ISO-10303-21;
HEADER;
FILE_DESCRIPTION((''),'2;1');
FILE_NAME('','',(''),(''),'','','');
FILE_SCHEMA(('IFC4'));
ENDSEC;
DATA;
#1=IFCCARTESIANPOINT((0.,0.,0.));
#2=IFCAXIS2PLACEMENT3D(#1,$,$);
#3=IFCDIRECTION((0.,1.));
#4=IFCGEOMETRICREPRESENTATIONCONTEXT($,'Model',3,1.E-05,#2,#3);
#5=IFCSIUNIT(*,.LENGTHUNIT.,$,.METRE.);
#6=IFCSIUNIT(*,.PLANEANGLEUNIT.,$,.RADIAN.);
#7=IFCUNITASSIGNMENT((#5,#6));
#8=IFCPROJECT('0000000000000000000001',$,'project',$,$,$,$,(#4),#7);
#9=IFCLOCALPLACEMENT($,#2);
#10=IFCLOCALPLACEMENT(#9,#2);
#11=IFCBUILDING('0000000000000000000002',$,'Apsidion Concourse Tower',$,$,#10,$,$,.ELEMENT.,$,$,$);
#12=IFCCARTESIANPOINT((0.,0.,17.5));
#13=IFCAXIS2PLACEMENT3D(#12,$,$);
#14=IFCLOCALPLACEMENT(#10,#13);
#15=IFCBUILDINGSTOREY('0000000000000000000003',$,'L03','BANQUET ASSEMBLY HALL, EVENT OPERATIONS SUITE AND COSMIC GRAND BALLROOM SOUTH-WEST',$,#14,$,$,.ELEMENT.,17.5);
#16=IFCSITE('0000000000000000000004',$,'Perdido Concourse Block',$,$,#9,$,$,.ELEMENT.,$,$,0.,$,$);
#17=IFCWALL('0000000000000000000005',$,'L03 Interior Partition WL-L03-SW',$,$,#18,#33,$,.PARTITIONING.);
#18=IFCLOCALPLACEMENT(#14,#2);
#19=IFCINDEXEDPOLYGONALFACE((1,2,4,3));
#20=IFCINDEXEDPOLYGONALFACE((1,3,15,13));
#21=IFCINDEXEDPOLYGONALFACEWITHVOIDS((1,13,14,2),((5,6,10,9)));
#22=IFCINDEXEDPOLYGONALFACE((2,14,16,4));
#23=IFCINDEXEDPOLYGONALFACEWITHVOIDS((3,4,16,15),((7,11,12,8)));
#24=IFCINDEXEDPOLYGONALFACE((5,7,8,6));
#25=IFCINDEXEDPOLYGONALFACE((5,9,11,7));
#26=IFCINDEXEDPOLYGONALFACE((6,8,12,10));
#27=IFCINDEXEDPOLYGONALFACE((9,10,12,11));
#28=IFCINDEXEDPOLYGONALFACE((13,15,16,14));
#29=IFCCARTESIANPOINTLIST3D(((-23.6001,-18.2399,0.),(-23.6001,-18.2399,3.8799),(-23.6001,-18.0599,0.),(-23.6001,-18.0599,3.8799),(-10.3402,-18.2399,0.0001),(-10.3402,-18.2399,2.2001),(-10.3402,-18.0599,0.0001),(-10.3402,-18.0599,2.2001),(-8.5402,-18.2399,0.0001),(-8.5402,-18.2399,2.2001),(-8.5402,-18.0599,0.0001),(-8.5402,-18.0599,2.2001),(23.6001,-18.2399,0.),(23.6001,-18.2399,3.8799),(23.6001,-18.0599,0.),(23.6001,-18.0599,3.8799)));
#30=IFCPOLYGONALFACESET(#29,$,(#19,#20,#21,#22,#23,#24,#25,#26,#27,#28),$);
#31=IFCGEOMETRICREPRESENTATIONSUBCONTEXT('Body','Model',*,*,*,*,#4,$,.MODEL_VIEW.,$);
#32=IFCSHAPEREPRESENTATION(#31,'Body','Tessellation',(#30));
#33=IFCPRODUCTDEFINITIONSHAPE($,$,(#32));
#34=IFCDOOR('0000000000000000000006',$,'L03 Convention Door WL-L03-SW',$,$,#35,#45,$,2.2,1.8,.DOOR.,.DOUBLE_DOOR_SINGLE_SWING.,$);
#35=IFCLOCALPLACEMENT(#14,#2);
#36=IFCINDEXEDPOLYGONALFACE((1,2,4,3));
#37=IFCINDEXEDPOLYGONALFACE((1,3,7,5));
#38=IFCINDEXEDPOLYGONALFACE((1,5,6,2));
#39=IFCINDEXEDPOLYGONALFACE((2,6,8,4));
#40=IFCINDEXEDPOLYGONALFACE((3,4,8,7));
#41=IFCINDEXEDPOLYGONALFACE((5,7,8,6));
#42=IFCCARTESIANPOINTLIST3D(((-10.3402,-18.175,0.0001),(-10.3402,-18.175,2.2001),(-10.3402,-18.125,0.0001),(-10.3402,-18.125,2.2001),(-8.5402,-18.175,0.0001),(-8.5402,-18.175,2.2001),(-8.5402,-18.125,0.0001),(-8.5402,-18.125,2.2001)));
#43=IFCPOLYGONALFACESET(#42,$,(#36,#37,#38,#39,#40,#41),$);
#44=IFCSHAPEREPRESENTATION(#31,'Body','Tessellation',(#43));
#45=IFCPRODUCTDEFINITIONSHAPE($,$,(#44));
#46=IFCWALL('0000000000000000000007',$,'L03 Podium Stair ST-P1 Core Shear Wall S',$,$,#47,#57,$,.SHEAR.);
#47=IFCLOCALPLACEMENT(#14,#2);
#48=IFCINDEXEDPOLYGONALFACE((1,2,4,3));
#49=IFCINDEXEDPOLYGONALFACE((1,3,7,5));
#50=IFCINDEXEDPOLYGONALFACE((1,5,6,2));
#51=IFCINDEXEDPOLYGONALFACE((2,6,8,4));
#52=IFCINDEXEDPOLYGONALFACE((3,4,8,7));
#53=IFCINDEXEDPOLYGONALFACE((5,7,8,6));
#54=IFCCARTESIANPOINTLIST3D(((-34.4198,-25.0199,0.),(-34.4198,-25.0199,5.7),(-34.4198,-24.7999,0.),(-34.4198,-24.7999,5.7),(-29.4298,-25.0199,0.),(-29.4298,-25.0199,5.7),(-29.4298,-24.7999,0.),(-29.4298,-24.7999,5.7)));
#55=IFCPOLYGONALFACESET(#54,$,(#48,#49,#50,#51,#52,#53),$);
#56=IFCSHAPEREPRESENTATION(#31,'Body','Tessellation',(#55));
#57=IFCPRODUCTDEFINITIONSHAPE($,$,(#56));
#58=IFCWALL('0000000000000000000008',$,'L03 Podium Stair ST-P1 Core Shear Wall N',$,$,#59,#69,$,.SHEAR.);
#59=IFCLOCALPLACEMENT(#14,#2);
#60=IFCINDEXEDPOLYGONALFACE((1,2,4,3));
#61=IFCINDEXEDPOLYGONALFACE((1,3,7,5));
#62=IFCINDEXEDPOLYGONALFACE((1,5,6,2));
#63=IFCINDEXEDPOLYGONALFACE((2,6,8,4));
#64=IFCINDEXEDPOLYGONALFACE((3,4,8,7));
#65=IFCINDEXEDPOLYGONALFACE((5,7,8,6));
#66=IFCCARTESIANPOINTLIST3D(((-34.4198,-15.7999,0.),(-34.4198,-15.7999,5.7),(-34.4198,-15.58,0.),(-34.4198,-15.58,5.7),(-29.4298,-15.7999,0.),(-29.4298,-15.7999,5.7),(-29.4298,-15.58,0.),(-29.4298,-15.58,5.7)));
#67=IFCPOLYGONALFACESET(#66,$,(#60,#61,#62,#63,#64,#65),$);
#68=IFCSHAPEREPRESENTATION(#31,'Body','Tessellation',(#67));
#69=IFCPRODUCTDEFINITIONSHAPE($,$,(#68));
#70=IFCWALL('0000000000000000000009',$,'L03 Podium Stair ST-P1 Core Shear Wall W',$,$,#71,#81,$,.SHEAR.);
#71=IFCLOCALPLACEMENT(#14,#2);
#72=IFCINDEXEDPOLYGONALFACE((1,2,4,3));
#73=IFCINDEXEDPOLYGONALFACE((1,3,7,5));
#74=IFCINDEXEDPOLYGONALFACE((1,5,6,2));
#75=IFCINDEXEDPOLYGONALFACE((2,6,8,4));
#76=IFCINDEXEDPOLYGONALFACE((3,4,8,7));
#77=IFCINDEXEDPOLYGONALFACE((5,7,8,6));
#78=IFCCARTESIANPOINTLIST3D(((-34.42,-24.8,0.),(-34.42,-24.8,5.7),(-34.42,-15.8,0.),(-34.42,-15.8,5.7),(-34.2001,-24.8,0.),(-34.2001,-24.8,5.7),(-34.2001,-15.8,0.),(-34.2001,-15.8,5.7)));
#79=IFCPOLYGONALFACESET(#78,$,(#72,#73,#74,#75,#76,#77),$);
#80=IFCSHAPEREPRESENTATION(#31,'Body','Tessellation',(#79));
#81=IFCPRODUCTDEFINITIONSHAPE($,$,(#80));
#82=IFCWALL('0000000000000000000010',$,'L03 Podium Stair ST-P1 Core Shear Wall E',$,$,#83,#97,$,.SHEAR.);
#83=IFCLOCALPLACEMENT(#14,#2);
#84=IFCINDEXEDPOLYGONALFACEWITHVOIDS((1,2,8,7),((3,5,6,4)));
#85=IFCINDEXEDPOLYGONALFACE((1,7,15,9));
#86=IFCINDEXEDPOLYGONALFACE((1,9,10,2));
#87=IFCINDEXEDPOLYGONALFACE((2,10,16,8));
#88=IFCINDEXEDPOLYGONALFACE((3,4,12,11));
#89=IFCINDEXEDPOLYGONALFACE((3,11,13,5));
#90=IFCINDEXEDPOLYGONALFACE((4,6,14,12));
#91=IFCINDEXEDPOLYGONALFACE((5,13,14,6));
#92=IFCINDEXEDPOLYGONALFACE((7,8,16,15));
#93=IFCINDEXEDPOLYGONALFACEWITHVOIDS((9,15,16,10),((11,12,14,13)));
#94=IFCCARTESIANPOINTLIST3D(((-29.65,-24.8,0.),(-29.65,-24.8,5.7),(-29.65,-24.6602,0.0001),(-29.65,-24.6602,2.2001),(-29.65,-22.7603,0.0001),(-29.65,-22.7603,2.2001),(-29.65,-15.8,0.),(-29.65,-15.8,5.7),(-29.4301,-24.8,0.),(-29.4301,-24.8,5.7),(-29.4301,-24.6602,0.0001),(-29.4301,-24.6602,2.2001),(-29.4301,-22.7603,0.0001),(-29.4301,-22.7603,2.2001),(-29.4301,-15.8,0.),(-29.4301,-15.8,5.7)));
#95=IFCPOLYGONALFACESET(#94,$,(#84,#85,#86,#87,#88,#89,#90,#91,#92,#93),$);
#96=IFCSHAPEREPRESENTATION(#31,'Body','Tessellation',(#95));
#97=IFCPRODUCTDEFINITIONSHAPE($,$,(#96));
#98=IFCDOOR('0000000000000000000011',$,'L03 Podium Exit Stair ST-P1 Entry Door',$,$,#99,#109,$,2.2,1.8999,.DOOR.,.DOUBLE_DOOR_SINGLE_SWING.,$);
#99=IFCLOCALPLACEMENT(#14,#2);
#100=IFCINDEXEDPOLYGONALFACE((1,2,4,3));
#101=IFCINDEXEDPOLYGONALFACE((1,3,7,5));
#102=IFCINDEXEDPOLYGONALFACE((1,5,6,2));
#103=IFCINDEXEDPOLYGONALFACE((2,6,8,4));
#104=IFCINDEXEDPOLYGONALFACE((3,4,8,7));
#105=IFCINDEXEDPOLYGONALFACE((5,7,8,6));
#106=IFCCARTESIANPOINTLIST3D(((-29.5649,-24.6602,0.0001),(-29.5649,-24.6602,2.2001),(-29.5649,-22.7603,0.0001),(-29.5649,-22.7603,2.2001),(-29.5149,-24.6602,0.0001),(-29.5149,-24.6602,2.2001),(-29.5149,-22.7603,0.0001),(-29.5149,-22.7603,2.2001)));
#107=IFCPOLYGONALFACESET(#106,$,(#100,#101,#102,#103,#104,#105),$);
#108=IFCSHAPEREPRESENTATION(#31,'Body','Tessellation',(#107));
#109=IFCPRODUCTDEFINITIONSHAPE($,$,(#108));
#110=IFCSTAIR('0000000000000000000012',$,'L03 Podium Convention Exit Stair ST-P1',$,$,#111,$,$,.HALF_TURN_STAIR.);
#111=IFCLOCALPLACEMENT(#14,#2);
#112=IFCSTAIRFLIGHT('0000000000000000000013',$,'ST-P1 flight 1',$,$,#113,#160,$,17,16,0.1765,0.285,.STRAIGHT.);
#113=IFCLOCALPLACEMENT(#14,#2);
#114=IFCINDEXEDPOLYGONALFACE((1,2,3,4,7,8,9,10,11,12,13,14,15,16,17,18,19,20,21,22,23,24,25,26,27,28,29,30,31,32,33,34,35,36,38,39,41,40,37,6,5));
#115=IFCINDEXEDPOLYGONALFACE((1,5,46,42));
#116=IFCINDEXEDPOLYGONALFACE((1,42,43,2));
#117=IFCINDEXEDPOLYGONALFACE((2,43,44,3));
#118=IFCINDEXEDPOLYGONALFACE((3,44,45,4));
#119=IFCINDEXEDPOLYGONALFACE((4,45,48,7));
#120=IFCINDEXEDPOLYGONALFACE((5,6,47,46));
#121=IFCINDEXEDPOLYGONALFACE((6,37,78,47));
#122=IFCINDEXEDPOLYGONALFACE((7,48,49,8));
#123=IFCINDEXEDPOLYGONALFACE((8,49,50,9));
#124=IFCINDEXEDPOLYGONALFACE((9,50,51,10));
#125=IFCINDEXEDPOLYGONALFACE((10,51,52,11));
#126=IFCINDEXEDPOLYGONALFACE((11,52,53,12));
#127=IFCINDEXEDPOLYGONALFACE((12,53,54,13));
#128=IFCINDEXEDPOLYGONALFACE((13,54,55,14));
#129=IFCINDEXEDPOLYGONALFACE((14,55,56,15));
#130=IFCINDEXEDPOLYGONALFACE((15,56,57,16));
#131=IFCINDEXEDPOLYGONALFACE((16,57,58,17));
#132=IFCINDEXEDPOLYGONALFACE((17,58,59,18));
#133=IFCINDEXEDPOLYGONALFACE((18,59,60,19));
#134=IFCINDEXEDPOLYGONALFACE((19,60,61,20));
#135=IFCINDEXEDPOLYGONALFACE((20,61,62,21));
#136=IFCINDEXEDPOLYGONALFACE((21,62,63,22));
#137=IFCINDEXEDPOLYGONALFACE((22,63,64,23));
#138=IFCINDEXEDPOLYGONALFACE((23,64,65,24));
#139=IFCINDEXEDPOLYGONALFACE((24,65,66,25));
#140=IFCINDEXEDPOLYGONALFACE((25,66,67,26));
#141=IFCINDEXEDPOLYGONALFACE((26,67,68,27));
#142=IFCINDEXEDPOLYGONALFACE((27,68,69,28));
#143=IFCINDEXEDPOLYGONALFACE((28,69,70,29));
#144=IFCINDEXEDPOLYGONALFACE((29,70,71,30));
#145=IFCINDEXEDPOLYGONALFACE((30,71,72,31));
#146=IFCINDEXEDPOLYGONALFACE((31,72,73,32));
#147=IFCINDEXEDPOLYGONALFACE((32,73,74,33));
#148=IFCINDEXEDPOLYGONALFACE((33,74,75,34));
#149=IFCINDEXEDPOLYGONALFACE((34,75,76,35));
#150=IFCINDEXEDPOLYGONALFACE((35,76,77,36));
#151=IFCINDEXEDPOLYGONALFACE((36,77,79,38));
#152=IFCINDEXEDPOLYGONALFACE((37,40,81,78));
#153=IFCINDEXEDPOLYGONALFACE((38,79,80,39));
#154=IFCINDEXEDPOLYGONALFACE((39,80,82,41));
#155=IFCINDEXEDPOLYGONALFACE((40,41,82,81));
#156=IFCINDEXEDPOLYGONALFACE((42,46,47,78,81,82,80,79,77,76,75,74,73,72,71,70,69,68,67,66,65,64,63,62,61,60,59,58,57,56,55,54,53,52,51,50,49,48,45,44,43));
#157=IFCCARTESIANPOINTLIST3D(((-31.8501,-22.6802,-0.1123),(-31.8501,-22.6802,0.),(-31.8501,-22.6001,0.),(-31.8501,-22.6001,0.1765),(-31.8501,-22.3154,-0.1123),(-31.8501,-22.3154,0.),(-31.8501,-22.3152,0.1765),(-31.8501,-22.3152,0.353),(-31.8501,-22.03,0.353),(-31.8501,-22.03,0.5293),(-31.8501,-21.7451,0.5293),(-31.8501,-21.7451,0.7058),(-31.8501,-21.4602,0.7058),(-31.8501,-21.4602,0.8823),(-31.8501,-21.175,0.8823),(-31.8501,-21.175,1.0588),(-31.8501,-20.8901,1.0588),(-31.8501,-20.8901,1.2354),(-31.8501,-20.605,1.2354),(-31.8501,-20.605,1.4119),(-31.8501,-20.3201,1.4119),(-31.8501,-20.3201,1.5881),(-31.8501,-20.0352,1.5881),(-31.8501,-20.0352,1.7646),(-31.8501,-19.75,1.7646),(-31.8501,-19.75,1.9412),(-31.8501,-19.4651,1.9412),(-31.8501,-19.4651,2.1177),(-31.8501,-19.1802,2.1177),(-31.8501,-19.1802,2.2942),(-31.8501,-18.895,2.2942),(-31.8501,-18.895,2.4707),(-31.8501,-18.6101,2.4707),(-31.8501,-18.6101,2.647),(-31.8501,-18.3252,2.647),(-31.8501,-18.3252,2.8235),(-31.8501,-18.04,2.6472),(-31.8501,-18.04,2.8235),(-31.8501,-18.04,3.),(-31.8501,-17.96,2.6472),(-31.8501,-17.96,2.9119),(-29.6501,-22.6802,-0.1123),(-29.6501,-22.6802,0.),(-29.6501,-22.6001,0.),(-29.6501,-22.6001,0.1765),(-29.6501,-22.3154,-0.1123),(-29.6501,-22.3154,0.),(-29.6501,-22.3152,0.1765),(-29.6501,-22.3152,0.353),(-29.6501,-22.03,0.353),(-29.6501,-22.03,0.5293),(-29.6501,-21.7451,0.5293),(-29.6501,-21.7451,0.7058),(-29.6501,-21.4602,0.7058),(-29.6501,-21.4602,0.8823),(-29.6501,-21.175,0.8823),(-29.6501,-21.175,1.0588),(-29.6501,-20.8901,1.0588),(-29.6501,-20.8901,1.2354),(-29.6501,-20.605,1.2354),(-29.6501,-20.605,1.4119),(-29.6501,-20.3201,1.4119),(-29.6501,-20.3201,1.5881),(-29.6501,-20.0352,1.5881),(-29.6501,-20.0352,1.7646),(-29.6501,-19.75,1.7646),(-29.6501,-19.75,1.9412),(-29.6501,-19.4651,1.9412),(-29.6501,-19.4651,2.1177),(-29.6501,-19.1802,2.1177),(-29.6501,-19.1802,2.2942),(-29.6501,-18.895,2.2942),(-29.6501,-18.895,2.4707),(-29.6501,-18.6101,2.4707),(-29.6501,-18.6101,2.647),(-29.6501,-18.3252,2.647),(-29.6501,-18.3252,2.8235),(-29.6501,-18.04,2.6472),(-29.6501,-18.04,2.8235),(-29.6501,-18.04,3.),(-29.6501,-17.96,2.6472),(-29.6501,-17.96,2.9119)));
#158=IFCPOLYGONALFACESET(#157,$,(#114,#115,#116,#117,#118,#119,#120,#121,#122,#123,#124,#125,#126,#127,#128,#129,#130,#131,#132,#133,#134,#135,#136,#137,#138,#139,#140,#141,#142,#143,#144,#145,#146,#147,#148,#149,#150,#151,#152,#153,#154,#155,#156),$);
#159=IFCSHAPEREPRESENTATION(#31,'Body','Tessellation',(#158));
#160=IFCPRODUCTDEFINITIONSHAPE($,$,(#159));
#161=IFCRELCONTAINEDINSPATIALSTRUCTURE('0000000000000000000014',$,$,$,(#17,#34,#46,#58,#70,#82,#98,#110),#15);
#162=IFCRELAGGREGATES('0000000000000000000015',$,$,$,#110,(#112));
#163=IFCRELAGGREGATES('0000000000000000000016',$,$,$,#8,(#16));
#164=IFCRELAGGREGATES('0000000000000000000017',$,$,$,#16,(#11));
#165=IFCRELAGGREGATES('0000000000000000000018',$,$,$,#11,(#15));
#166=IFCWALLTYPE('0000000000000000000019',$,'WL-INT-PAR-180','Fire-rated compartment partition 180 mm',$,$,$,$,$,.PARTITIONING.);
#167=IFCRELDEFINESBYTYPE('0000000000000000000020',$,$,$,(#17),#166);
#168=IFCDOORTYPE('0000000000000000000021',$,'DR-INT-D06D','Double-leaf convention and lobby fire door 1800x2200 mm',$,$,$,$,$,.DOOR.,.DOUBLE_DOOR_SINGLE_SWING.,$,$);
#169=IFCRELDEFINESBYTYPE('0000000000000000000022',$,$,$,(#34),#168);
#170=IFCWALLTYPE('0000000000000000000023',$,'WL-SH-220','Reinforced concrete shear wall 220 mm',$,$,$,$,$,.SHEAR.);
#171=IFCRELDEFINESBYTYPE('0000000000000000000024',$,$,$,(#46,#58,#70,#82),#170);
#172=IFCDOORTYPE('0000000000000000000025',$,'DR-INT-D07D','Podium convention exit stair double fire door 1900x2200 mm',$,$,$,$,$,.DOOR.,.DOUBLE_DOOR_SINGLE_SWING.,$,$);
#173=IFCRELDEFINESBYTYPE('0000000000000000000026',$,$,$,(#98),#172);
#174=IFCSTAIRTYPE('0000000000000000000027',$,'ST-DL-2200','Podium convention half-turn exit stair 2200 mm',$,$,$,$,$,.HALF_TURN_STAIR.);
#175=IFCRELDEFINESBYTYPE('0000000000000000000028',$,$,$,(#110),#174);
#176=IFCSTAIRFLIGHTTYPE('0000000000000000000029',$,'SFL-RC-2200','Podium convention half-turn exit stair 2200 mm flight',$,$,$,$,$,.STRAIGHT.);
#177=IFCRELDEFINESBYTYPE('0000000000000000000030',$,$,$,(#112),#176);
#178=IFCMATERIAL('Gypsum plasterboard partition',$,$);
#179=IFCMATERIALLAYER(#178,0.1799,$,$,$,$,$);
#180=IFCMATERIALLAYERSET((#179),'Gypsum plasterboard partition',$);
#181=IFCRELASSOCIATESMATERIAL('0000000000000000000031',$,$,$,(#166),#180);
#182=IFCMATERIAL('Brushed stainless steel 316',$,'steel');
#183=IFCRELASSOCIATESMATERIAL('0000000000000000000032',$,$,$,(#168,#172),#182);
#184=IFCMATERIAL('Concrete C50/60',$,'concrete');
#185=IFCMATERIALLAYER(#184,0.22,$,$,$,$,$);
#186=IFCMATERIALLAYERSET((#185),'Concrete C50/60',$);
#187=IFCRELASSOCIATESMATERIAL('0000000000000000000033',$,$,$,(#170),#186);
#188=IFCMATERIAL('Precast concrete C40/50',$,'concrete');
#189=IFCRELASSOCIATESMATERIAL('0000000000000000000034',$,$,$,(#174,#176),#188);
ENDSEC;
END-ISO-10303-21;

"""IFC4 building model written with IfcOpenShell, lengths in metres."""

from ifc_helpers import new_model, si_unit, direction, frame, frame_2d, origin, place, context, subcontext, project, spatial, polyline, rectangle, outline, extrude, material, layer, layer_set, type_object, element, fill, aggregate, save


model = new_model("IFC4")

# Units and contexts
model_context = context("Model", 3, precision=1e-05, world=origin(), true_north=direction((0.0, 1.0)))
body_context = subcontext(model_context, "Body", "Model", "MODEL_VIEW")
ifc_project = project(units=[si_unit("LENGTHUNIT", "METRE"), si_unit("PLANEANGLEUNIT", "RADIAN")], contexts=[model_context])

# Site, building, storey
site_placement = place(None, origin())
site = spatial("IfcSite", under=ifc_project, at=site_placement, Name="Perdido Concourse Block", CompositionType="ELEMENT", RefElevation=0.0)
building_placement = place(site_placement, origin())
building = spatial("IfcBuilding", under=site, at=building_placement, Name="Apsidion Concourse Tower", CompositionType="ELEMENT")
storey_placement = place(building_placement, frame((0.0, 0.0, 17.5)))
storey = spatial("IfcBuildingStorey", under=building, at=storey_placement, Name="L03", Description="BANQUET ASSEMBLY HALL, EVENT OPERATIONS SUITE AND COSMIC GRAND BALLROOM SOUTH-WEST", CompositionType="ELEMENT", Elevation=17.5)

# Shared definitions
ifc_material_1 = material(Name="Precast concrete C40/50", Category="concrete")

# Wall, opening, door
ifc_material_2 = material(Name="Gypsum plasterboard partition")
ifc_layer_1 = layer(ifc_material_2, 0.1799)
ifc_layer_set_1 = layer_set([ifc_layer_1], Name="Gypsum plasterboard partition")
wall_type_1 = type_object("IfcWallType", Name="WL-INT-PAR-180", Description="Fire-rated compartment partition 180 mm", PredefinedType="PARTITIONING", material=ifc_layer_set_1)
wall_1_placement = place(storey_placement, frame((-23.6001, -18.1499, 0.0), z_axis=(0.0, 0.0, 1.0), x_axis=(1.0, 0.0, 0.0)))
wall_1 = element("IfcWall", 1, at=wall_1_placement, inside=storey, type_object=wall_type_1, Name="L03 Interior Partition WL-L03-SW", PredefinedType="PARTITIONING", context=body_context, shape_type="SweptSolid", body=[
    extrude(rectangle(XDim=47.2002, YDim=0.1799, at=frame_2d((23.6001, 0.0))), origin(), (0.0, 0.0, 1.0), 3.8799),
])
opening_1_placement = place(wall_1_placement, frame((13.26, 0.0, 0.0)))
opening_1 = element("IfcOpeningElement", 2, at=opening_1_placement, cuts=wall_1, PredefinedType="OPENING", context=body_context, shape_type="SweptSolid", body=[
    extrude(rectangle(XDim=1.8, YDim=2.2, at=frame_2d((0.8999, 1.1001))), frame((0.0, 0.1001, 0.0), z_axis=(0.0, -1.0, 0.0), x_axis=(1.0, 0.0, 0.0)), (0.0, 0.0, 1.0), 0.2),
])
ifc_material_3 = material(Name="Brushed stainless steel 316", Category="steel")
door_type_1 = type_object("IfcDoorType", Name="DR-INT-D06D", Description="Double-leaf convention and lobby fire door 1800x2200 mm", OperationType="DOUBLE_DOOR_SINGLE_SWING", PredefinedType="DOOR", material=ifc_material_3)
door_1_placement = place(opening_1_placement, origin())
door_1 = element("IfcDoor", 3, at=door_1_placement, inside=storey, type_object=door_type_1, Name="L03 Convention Door WL-L03-SW", OperationType="DOUBLE_DOOR_SINGLE_SWING", OverallHeight=2.2, OverallWidth=1.8, PredefinedType="DOOR", context=body_context, shape_type="SweptSolid", body=[
    extrude(rectangle(XDim=1.8, YDim=2.2, at=frame_2d((0.8999, 1.1001))), frame((0.0, 0.0249, 0.0), z_axis=(0.0, -1.0, 0.0), x_axis=(1.0, 0.0, 0.0)), (0.0, 0.0, 1.0), 0.05),
])
fill(opening_1, door_1)

# Walls
ifc_material_4 = material(Name="Concrete C50/60", Category="concrete")
ifc_layer_2 = layer(ifc_material_4, 0.22)
ifc_layer_set_2 = layer_set([ifc_layer_2], Name="Concrete C50/60")
wall_type_2 = type_object("IfcWallType", Name="WL-SH-220", Description="Reinforced concrete shear wall 220 mm", PredefinedType="SHEAR", material=ifc_layer_set_2)
for number, where, z_axis, x_axis, name in (
    (4, (-34.4199, -24.9099, 0.0), (0.0, 0.0, 1.0), (1.0, 0.0, 0.0), "L03 Podium Stair ST-P1 Core Shear Wall S"),
    (5, (-34.4199, -15.6899, 0.0), (0.0, 0.0, 1.0), (1.0, 0.0, 0.0), "L03 Podium Stair ST-P1 Core Shear Wall N"),
):
    element("IfcWall", number, at=place(storey_placement, frame(where, z_axis=z_axis, x_axis=x_axis)), inside=storey, type_object=wall_type_2, Name=name, PredefinedType="SHEAR", context=body_context, shape_type="SweptSolid", body=[
        extrude(rectangle(XDim=4.99, YDim=0.22, at=frame_2d((2.4951, 0.0))), origin(), (0.0, 0.0, 1.0), 5.7),
    ])
wall_2_placement = place(storey_placement, frame((-34.3101, -24.8, 0.0), z_axis=(0.0, 0.0, 1.0), x_axis=(0.0, 1.0, 0.0)))
element("IfcWall", 6, at=wall_2_placement, inside=storey, type_object=wall_type_2, Name="L03 Podium Stair ST-P1 Core Shear Wall W", PredefinedType="SHEAR", context=body_context, shape_type="SweptSolid", body=[
    extrude(rectangle(XDim=9.0, YDim=0.22, at=frame_2d((4.5, 0.0))), origin(), (0.0, 0.0, 1.0), 5.7),
])

# Wall, opening, door
wall_3_placement = place(storey_placement, frame((-29.54, -24.8, 0.0), z_axis=(0.0, 0.0, 1.0), x_axis=(0.0, 1.0, 0.0)))
wall_3 = element("IfcWall", 7, at=wall_3_placement, inside=storey, type_object=wall_type_2, Name="L03 Podium Stair ST-P1 Core Shear Wall E", PredefinedType="SHEAR", context=body_context, shape_type="SweptSolid", body=[
    extrude(rectangle(XDim=9.0, YDim=0.22, at=frame_2d((4.5, 0.0))), origin(), (0.0, 0.0, 1.0), 5.7),
])
opening_2_placement = place(wall_3_placement, frame((0.1399, 0.0, 0.0)))
opening_2 = element("IfcOpeningElement", 8, at=opening_2_placement, cuts=wall_3, PredefinedType="OPENING", context=body_context, shape_type="SweptSolid", body=[
    extrude(rectangle(XDim=1.8999, YDim=2.2, at=frame_2d((0.95, 1.1001))), frame((0.0, 0.1201, 0.0), z_axis=(0.0, -1.0, 0.0), x_axis=(1.0, 0.0, 0.0)), (0.0, 0.0, 1.0), 0.24),
])
door_type_2 = type_object("IfcDoorType", Name="DR-INT-D07D", Description="Podium convention exit stair double fire door 1900x2200 mm", OperationType="DOUBLE_DOOR_SINGLE_SWING", PredefinedType="DOOR", material=ifc_material_3)
door_2_placement = place(opening_2_placement, origin())
door_2 = element("IfcDoor", 9, at=door_2_placement, inside=storey, type_object=door_type_2, Name="L03 Podium Exit Stair ST-P1 Entry Door", OperationType="DOUBLE_DOOR_SINGLE_SWING", OverallHeight=2.2, OverallWidth=1.8999, PredefinedType="DOOR", context=body_context, shape_type="SweptSolid", body=[
    extrude(rectangle(XDim=1.8999, YDim=2.2, at=frame_2d((0.95, 1.1001))), frame((0.0, 0.0249, 0.0), z_axis=(0.0, -1.0, 0.0), x_axis=(1.0, 0.0, 0.0)), (0.0, 0.0, 1.0), 0.05),
])
fill(opening_2, door_2)

# Stair, stair flight
stair_type = type_object("IfcStairType", Name="ST-DL-2200", Description="Podium convention half-turn exit stair 2200 mm", PredefinedType="HALF_TURN_STAIR", material=ifc_material_1)
stair_placement = place(storey_placement, origin())
stair = element("IfcStair", 10, at=stair_placement, inside=storey, type_object=stair_type, Name="L03 Podium Convention Exit Stair ST-P1", PredefinedType="HALF_TURN_STAIR")
stair_flight_type = type_object("IfcStairFlightType", Name="SFL-RC-2200", Description="Podium convention half-turn exit stair 2200 mm flight", PredefinedType="STRAIGHT", material=ifc_material_1)
stair_flight_1_placement = place(storey_placement, frame((-30.75, -22.6001, 0.0), z_axis=(0.0, 0.0, 1.0), x_axis=(0.0, 1.0, 0.0)))
stair_flight_1 = element("IfcStairFlight", 11, at=stair_flight_1_placement, type_object=stair_flight_type, Name="ST-P1 flight 1", NumberOfRisers=17, NumberOfTreads=16, PredefinedType="STRAIGHT", RiserHeight=0.1765, TreadLength=0.285, context=body_context, shape_type="SweptSolid", body=[
    extrude(outline(polyline([(-0.0801, -0.1123), (-0.0801, 0.0), (0.0, 0.0), (0.0, 0.1765), (0.2849, 0.1765), (0.2849, 0.353), (0.5701, 0.353), (0.5701, 0.5293), (0.855, 0.5293), (0.855, 0.7058), (1.1399, 0.7058), (1.1399, 0.8823), (1.425, 0.8823), (1.425, 1.0588), (1.71, 1.0588), (1.71, 1.2354), (1.9951, 1.2354), (1.9951, 1.4119), (2.28, 1.4119), (2.28, 1.5881), (2.5649, 1.5881), (2.5649, 1.7646), (2.8501, 1.7646), (2.8501, 1.9412), (3.135, 1.9412), (3.135, 2.1177), (3.4199, 2.1177), (3.4199, 2.2942), (3.7051, 2.2942), (3.7051, 2.4707), (3.99, 2.4707), (3.99, 2.647), (4.2749, 2.647), (4.2749, 2.8235), (4.5601, 2.8235), (4.5601, 3.0), (4.6401, 2.9119), (4.6401, 2.6472), (4.5601, 2.6472), (0.2847, 0.0), (0.2847, -0.1123), (-0.0801, -0.1123)])), frame((0.0, 1.1001, 0.0), z_axis=(0.0, -1.0, 0.0), x_axis=(1.0, 0.0, 0.0)), (0.0, 0.0, 1.0), 2.2),
])
aggregate(stair, [stair_flight_1])

save(model, "model.ifc")
